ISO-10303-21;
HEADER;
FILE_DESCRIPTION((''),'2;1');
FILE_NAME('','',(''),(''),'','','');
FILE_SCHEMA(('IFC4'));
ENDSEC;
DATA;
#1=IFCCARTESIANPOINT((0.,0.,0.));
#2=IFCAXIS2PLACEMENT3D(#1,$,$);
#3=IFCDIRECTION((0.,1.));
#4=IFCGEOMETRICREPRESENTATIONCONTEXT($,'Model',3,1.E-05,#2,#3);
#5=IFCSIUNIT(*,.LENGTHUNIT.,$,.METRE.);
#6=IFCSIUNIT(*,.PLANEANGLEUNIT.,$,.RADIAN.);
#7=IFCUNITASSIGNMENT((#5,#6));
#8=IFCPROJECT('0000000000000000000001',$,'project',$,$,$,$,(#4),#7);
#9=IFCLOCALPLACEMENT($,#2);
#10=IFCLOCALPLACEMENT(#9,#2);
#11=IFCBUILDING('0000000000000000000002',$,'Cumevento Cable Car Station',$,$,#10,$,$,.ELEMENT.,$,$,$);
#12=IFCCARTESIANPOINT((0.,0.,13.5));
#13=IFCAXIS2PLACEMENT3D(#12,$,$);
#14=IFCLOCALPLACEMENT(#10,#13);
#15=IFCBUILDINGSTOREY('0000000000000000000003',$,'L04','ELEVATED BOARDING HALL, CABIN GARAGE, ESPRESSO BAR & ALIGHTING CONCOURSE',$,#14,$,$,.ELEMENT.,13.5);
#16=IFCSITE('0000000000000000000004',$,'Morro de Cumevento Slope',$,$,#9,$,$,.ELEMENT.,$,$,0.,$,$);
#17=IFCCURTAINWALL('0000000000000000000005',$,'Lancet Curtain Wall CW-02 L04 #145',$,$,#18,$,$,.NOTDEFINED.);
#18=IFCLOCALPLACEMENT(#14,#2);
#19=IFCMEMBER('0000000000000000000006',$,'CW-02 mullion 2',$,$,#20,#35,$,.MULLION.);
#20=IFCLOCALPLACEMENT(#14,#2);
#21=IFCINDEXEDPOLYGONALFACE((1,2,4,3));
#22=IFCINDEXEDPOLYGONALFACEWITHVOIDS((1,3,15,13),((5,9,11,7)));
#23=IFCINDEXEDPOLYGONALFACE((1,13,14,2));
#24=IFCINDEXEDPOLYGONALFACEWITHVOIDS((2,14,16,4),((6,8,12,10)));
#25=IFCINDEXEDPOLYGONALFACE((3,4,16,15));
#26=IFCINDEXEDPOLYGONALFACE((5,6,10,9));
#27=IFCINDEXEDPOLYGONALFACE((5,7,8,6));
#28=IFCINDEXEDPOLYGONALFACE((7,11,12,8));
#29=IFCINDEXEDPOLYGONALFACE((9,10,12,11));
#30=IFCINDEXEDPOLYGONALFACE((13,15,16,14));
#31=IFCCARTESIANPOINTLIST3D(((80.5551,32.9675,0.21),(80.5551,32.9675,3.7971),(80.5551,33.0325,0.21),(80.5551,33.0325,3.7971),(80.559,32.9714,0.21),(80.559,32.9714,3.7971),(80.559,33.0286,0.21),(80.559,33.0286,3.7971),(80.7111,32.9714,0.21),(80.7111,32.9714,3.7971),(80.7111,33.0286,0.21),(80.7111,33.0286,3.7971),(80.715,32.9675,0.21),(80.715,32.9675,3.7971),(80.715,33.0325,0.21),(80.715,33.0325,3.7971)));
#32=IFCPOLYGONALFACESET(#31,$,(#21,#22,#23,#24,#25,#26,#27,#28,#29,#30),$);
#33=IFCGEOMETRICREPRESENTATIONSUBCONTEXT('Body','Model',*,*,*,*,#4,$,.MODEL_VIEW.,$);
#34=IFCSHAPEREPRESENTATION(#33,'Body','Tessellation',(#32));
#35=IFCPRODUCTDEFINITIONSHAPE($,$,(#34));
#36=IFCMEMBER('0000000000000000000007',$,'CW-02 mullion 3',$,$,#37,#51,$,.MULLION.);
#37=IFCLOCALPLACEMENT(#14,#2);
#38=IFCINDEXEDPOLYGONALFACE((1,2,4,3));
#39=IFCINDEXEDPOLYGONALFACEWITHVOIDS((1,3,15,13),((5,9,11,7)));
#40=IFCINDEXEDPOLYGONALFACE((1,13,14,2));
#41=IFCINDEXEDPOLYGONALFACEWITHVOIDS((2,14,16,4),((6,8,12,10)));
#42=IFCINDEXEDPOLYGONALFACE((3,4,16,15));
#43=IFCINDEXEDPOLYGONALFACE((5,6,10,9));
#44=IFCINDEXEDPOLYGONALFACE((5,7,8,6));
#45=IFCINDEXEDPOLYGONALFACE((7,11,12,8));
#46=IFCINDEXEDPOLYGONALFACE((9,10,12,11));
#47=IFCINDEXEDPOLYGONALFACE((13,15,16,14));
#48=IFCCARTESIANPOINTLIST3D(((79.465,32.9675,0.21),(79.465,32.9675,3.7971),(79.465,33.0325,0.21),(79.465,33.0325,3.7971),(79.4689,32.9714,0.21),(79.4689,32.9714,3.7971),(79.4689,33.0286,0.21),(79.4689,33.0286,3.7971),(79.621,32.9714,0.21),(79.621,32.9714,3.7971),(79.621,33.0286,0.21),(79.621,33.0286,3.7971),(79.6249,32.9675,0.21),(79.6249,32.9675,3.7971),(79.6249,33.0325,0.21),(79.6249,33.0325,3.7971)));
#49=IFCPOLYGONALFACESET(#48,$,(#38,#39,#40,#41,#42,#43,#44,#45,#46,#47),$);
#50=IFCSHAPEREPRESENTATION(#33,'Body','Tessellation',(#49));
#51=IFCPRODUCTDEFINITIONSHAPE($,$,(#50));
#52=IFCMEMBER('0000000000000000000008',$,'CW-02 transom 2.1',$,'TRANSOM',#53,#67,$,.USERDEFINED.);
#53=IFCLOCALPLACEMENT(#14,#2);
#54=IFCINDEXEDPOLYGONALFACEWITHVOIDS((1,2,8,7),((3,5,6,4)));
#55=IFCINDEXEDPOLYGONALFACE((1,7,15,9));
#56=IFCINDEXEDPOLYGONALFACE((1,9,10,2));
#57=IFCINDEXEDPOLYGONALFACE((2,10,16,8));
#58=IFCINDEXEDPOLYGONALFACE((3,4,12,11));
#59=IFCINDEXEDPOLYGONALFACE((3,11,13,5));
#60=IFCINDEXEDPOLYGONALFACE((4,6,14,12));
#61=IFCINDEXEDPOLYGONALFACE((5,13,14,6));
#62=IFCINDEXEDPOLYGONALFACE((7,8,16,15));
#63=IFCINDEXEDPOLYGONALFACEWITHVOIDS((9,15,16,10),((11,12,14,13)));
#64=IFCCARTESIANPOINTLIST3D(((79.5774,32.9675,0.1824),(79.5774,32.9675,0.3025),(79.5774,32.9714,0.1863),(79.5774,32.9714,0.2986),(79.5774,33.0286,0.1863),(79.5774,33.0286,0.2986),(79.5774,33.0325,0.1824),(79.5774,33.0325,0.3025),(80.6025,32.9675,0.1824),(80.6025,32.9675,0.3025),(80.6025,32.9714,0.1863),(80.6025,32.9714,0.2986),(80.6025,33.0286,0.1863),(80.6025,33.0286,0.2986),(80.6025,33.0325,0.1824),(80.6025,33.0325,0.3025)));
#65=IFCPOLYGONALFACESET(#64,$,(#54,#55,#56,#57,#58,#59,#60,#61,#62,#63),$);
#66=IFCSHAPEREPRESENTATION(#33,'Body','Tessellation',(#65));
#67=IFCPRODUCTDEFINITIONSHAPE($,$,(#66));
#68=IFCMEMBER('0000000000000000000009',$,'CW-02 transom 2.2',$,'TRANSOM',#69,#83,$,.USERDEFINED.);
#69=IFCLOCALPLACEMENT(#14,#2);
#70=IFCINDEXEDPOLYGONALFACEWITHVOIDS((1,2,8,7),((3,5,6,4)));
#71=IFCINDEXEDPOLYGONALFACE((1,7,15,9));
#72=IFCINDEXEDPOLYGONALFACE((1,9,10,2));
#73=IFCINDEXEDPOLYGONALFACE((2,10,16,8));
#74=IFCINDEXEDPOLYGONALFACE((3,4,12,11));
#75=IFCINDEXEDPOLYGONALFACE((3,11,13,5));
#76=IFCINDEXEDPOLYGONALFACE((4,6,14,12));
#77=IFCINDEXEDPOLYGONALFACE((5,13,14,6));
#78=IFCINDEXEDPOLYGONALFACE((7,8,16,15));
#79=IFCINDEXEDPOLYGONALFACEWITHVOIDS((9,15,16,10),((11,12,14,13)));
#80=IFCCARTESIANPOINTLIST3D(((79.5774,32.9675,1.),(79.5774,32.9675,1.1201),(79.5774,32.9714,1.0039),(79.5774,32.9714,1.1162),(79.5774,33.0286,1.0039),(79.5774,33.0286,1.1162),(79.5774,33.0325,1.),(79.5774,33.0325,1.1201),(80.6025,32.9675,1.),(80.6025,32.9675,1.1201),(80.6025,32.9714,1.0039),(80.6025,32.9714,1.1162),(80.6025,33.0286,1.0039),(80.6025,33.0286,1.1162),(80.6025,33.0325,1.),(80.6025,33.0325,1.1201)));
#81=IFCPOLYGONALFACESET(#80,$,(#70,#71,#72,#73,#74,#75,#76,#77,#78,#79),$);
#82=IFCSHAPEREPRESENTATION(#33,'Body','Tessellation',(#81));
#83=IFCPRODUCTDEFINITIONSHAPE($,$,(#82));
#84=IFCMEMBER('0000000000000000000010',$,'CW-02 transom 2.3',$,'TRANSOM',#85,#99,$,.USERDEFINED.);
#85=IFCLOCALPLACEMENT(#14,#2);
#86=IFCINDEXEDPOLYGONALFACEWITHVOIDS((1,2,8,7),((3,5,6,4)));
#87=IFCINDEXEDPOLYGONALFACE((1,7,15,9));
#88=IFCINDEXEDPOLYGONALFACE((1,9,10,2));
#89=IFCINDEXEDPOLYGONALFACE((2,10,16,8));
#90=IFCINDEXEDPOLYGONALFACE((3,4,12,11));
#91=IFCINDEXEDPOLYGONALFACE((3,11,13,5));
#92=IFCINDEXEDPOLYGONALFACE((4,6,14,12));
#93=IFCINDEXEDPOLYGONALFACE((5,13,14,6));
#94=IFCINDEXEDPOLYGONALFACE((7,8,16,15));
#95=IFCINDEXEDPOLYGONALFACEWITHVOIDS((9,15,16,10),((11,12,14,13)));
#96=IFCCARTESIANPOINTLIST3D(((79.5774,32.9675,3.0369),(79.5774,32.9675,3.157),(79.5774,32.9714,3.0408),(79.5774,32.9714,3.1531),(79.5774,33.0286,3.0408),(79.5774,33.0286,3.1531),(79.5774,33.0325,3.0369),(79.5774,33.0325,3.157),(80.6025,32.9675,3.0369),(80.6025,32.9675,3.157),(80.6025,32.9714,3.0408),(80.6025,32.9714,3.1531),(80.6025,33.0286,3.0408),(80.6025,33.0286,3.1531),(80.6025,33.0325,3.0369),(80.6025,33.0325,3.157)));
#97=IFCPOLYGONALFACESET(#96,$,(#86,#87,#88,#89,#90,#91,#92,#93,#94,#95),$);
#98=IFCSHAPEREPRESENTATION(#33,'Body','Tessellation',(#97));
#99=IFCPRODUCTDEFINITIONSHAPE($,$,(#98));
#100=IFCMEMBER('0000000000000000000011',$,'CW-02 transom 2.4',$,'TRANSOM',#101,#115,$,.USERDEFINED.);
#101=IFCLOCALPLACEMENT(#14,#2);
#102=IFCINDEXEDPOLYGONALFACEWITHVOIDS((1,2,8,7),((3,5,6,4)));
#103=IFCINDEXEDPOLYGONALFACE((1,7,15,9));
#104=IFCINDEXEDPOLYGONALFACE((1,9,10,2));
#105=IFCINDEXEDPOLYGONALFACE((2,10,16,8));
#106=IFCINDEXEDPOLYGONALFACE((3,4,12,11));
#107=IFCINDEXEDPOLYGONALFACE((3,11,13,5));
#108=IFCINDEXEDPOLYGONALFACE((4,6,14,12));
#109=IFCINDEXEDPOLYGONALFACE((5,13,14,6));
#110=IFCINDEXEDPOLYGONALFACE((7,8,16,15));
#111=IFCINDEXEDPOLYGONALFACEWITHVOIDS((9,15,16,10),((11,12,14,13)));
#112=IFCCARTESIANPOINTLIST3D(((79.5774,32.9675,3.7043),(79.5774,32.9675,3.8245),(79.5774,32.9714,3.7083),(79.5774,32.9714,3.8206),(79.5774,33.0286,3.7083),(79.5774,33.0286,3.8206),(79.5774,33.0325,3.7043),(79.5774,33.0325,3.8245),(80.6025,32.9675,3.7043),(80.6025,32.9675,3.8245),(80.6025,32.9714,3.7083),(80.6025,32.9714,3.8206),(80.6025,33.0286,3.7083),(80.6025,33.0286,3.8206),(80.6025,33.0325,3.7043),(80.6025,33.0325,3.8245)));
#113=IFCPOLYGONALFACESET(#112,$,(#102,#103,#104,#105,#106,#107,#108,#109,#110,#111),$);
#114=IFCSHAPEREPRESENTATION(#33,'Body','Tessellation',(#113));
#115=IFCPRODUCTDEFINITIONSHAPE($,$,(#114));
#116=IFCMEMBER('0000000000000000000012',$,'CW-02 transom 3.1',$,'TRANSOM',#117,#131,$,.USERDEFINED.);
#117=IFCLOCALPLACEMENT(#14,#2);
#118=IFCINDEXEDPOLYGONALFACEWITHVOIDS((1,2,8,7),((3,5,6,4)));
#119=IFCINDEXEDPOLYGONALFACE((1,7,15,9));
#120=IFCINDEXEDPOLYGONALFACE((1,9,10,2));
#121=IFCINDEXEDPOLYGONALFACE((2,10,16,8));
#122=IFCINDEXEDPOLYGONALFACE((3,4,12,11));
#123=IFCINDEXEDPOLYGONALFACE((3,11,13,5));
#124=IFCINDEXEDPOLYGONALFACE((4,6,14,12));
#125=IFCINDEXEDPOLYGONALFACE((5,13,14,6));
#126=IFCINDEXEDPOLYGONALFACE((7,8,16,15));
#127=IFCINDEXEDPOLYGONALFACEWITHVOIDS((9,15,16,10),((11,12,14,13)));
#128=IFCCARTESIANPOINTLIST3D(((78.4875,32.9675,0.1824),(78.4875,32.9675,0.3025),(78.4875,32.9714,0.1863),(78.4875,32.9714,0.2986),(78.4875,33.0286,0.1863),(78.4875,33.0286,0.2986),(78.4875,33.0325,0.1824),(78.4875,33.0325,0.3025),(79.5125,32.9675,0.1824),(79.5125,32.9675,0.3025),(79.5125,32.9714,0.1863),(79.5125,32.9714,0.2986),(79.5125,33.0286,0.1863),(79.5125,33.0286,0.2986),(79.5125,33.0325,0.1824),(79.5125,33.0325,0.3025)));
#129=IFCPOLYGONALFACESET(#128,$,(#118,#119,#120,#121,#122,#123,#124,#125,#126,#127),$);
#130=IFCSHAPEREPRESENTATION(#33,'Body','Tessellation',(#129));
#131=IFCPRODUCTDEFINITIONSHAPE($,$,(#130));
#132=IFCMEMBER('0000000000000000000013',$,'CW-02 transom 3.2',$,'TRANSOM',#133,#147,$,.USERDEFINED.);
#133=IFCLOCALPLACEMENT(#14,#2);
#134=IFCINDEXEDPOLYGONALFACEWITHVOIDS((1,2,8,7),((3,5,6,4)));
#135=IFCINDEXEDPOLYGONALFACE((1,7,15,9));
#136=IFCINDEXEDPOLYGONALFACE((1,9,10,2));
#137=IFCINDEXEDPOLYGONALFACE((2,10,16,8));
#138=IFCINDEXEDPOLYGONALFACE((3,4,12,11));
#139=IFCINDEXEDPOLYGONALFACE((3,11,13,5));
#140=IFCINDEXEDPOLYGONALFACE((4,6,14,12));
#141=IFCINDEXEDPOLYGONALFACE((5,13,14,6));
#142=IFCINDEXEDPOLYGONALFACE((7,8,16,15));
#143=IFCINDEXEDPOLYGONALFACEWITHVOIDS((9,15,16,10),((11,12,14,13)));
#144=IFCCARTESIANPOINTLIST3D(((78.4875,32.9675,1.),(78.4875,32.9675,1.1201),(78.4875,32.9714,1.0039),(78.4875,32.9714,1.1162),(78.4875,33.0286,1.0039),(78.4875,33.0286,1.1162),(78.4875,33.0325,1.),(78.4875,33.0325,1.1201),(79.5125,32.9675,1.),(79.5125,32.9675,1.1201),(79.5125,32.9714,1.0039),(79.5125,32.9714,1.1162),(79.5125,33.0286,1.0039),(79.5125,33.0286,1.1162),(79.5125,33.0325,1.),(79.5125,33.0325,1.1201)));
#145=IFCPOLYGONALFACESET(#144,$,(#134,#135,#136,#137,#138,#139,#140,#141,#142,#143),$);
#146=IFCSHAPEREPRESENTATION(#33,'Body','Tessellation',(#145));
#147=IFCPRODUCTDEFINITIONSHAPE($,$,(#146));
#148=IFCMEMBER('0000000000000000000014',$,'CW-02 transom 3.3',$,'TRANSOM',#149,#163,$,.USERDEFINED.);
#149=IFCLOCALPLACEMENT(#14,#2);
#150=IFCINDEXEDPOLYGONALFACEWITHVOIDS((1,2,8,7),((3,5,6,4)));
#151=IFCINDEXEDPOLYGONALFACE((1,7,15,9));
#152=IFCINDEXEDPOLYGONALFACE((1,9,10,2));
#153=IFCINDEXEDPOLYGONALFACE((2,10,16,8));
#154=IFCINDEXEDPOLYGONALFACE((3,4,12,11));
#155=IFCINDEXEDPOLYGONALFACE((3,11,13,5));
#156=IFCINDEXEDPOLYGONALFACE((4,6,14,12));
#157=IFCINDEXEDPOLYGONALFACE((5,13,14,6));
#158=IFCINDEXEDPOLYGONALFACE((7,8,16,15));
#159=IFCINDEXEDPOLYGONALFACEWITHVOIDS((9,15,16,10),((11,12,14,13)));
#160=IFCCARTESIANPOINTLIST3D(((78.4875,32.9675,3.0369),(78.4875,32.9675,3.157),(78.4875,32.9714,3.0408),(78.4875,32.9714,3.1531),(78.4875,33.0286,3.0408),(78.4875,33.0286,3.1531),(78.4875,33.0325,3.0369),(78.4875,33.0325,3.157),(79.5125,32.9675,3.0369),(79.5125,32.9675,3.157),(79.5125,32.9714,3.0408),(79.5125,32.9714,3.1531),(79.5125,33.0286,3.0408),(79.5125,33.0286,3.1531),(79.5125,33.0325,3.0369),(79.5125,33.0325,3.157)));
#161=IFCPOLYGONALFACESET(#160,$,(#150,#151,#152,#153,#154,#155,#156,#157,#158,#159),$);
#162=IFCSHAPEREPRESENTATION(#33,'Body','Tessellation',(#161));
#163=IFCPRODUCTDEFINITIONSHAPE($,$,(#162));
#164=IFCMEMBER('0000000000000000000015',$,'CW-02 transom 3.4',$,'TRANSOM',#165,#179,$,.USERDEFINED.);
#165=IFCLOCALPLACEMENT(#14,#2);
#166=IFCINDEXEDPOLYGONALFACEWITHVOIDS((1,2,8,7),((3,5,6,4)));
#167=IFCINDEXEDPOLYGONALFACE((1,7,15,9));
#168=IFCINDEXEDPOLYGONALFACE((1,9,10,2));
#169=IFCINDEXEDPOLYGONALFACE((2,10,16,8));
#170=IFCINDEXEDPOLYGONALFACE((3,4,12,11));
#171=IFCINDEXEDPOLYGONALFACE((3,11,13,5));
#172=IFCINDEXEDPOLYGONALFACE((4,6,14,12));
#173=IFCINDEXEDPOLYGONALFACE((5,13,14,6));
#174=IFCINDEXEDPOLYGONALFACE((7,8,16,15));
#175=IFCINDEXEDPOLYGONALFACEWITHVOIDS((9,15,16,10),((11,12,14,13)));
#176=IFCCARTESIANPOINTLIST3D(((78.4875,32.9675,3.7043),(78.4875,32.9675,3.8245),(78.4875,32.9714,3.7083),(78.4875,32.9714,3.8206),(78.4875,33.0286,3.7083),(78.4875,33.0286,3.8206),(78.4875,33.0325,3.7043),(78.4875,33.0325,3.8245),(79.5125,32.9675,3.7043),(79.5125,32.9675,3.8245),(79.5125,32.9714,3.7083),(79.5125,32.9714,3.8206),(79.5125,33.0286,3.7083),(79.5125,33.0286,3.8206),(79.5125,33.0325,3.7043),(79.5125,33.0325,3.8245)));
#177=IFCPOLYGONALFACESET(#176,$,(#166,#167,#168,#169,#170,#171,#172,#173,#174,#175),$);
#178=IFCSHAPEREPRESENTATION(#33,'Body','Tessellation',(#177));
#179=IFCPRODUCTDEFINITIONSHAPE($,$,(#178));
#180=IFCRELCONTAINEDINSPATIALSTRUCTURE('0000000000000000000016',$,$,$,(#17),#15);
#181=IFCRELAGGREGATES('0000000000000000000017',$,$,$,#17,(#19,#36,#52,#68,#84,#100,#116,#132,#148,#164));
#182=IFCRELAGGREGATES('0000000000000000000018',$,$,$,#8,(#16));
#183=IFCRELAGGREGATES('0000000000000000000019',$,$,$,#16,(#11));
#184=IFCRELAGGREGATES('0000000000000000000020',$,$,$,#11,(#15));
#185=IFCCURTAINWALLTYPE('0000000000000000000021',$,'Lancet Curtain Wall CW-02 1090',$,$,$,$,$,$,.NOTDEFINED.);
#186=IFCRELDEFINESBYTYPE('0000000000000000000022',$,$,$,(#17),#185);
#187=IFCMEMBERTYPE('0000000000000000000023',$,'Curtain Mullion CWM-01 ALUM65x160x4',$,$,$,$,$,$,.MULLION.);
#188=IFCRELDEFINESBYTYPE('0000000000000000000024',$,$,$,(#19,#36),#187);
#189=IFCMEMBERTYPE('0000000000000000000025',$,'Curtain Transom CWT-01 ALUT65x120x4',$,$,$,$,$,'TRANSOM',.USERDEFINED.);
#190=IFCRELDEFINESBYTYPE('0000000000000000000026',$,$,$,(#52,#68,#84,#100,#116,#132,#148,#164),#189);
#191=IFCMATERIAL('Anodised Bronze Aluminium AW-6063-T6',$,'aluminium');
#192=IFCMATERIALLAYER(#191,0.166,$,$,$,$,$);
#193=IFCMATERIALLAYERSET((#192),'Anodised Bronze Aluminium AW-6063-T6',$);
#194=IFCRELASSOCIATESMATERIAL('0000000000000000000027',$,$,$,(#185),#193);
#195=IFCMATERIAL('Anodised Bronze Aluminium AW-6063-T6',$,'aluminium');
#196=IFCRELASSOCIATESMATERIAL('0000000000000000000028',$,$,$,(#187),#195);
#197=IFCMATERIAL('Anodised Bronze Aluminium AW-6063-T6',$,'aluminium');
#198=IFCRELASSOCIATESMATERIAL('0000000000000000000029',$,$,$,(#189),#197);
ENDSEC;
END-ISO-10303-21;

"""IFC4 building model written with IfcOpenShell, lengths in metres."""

from ifc_helpers import new_model, si_unit, direction, frame, origin, origin_2d, place, context, subcontext, project, spatial, hollow_rectangle, extrude, material, layer, layer_set, material_profile, profile_set, type_object, element, aggregate, save


model = new_model("IFC4")

# Units and contexts
model_context = context("Model", 3, precision=1e-05, world=origin(), true_north=direction((0.0, 1.0)))
body_context = subcontext(model_context, "Body", "Model", "MODEL_VIEW")
ifc_project = project(units=[si_unit("LENGTHUNIT", "METRE"), si_unit("PLANEANGLEUNIT", "RADIAN")], contexts=[model_context])

# Site, building, storey
site_placement = place(None, origin())
site = spatial("IfcSite", under=ifc_project, at=site_placement, Name="Morro de Cumevento Slope", CompositionType="ELEMENT", RefElevation=0.0)
building_placement = place(site_placement, origin())
building = spatial("IfcBuilding", under=site, at=building_placement, Name="Cumevento Cable Car Station", CompositionType="ELEMENT")
storey_placement = place(building_placement, frame((0.0, 0.0, 13.5)))
storey = spatial("IfcBuildingStorey", under=building, at=storey_placement, Name="L04", Description="ELEVATED BOARDING HALL, CABIN GARAGE, ESPRESSO BAR & ALIGHTING CONCOURSE", CompositionType="ELEMENT", Elevation=13.5)

# Curtain wall, members
ifc_material_1 = material(Name="Anodised Bronze Aluminium AW-6063-T6", Category="aluminium")
ifc_layer_1 = layer(ifc_material_1, 0.166)
ifc_layer_set_1 = layer_set([ifc_layer_1], Name="Anodised Bronze Aluminium AW-6063-T6")
curtain_wall_type = type_object("IfcCurtainWallType", Name="Lancet Curtain Wall CW-02 1090", PredefinedType="NOTDEFINED", material=ifc_layer_set_1)
curtain_wall_placement = place(storey_placement, origin())
curtain_wall = element("IfcCurtainWall", 1, at=curtain_wall_placement, inside=storey, type_object=curtain_wall_type, Name="Lancet Curtain Wall CW-02 L04 #145", PredefinedType="NOTDEFINED")
ifc_material_2 = material(Name="Anodised Bronze Aluminium AW-6063-T6", Category="aluminium")
ifc_material_profile_1 = material_profile(ifc_material_2, hollow_rectangle(XDim=0.0649, YDim=0.1599, WallThickness=0.0039, at=origin_2d()), Name="ALUM65x160x4")
ifc_profile_set_1 = profile_set([ifc_material_profile_1], Name="Anodised Bronze Aluminium AW-6063-T6")
member_type_1 = type_object("IfcMemberType", Name="Curtain Mullion CWM-01 ALUM65x160x4", PredefinedType="MULLION", material=ifc_profile_set_1)
member_1_placement = place(storey_placement, frame((80.635, 33.0, 0.21), z_axis=(0.0, 0.0, 1.0), x_axis=(0.0, -1.0, 0.0)))
member_1 = element("IfcMember", 2, at=member_1_placement, type_object=member_type_1, Name="CW-02 mullion 2", PredefinedType="MULLION", context=body_context, shape_type="SweptSolid", body=[
    extrude(hollow_rectangle(XDim=0.0649, YDim=0.1599, WallThickness=0.0039, at=origin_2d()), origin(), (0.0, 0.0, 1.0), 3.5872),
])
member_2_placement = place(storey_placement, frame((79.5449, 33.0, 0.21), z_axis=(0.0, 0.0, 1.0), x_axis=(0.0, -1.0, 0.0)))
member_2 = element("IfcMember", 3, at=member_2_placement, type_object=member_type_1, Name="CW-02 mullion 3", PredefinedType="MULLION", context=body_context, shape_type="SweptSolid", body=[
    extrude(hollow_rectangle(XDim=0.0649, YDim=0.1599, WallThickness=0.0039, at=origin_2d()), origin(), (0.0, 0.0, 1.0), 3.5872),
])
ifc_material_3 = material(Name="Anodised Bronze Aluminium AW-6063-T6", Category="aluminium")
ifc_material_profile_2 = material_profile(ifc_material_3, hollow_rectangle(XDim=0.0649, YDim=0.1201, WallThickness=0.0039, at=origin_2d()), Name="ALUT65x120x4")
ifc_profile_set_2 = profile_set([ifc_material_profile_2], Name="Anodised Bronze Aluminium AW-6063-T6")
member_type_2 = type_object("IfcMemberType", Name="Curtain Transom CWT-01 ALUT65x120x4", ElementType="TRANSOM", PredefinedType="USERDEFINED", material=ifc_profile_set_2)
member_3_placement = place(storey_placement, frame((80.6025, 33.0, 0.2424), z_axis=(-1.0, 0.0, 0.0), x_axis=(0.0, -1.0, 0.0)))
member_3 = element("IfcMember", 4, at=member_3_placement, type_object=member_type_2, Name="CW-02 transom 2.1", ObjectType="TRANSOM", PredefinedType="USERDEFINED", context=body_context, shape_type="SweptSolid", body=[
    extrude(hollow_rectangle(XDim=0.0649, YDim=0.1201, WallThickness=0.0039, at=origin_2d()), origin(), (0.0, 0.0, 1.0), 1.0251),
])
member_4_placement = place(storey_placement, frame((80.6025, 33.0, 1.0601), z_axis=(-1.0, 0.0, 0.0), x_axis=(0.0, -1.0, 0.0)))
member_4 = element("IfcMember", 5, at=member_4_placement, type_object=member_type_2, Name="CW-02 transom 2.2", ObjectType="TRANSOM", PredefinedType="USERDEFINED", context=body_context, shape_type="SweptSolid", body=[
    extrude(hollow_rectangle(XDim=0.0649, YDim=0.1201, WallThickness=0.0039, at=origin_2d()), origin(), (0.0, 0.0, 1.0), 1.0251),
])
member_5_placement = place(storey_placement, frame((80.6025, 33.0, 3.0969), z_axis=(-1.0, 0.0, 0.0), x_axis=(0.0, -1.0, 0.0)))
member_5 = element("IfcMember", 6, at=member_5_placement, type_object=member_type_2, Name="CW-02 transom 2.3", ObjectType="TRANSOM", PredefinedType="USERDEFINED", context=body_context, shape_type="SweptSolid", body=[
    extrude(hollow_rectangle(XDim=0.0649, YDim=0.1201, WallThickness=0.0039, at=origin_2d()), origin(), (0.0, 0.0, 1.0), 1.0251),
])
member_6_placement = place(storey_placement, frame((80.6025, 33.0, 3.7644), z_axis=(-1.0, 0.0, 0.0), x_axis=(0.0, -1.0, 0.0)))
member_6 = element("IfcMember", 7, at=member_6_placement, type_object=member_type_2, Name="CW-02 transom 2.4", ObjectType="TRANSOM", PredefinedType="USERDEFINED", context=body_context, shape_type="SweptSolid", body=[
    extrude(hollow_rectangle(XDim=0.0649, YDim=0.1201, WallThickness=0.0039, at=origin_2d()), origin(), (0.0, 0.0, 1.0), 1.0251),
])
member_7_placement = place(storey_placement, frame((79.5125, 33.0, 0.2424), z_axis=(-1.0, 0.0, 0.0), x_axis=(0.0, -1.0, 0.0)))
member_7 = element("IfcMember", 8, at=member_7_placement, type_object=member_type_2, Name="CW-02 transom 3.1", ObjectType="TRANSOM", PredefinedType="USERDEFINED", context=body_context, shape_type="SweptSolid", body=[
    extrude(hollow_rectangle(XDim=0.0649, YDim=0.1201, WallThickness=0.0039, at=origin_2d()), origin(), (0.0, 0.0, 1.0), 1.0249),
])
member_8_placement = place(storey_placement, frame((79.5125, 33.0, 1.0601), z_axis=(-1.0, 0.0, 0.0), x_axis=(0.0, -1.0, 0.0)))
member_8 = element("IfcMember", 9, at=member_8_placement, type_object=member_type_2, Name="CW-02 transom 3.2", ObjectType="TRANSOM", PredefinedType="USERDEFINED", context=body_context, shape_type="SweptSolid", body=[
    extrude(hollow_rectangle(XDim=0.0649, YDim=0.1201, WallThickness=0.0039, at=origin_2d()), origin(), (0.0, 0.0, 1.0), 1.0249),
])
member_9_placement = place(storey_placement, frame((79.5125, 33.0, 3.0969), z_axis=(-1.0, 0.0, 0.0), x_axis=(0.0, -1.0, 0.0)))
member_9 = element("IfcMember", 10, at=member_9_placement, type_object=member_type_2, Name="CW-02 transom 3.3", ObjectType="TRANSOM", PredefinedType="USERDEFINED", context=body_context, shape_type="SweptSolid", body=[
    extrude(hollow_rectangle(XDim=0.0649, YDim=0.1201, WallThickness=0.0039, at=origin_2d()), origin(), (0.0, 0.0, 1.0), 1.0249),
])
member_10_placement = place(storey_placement, frame((79.5125, 33.0, 3.7644), z_axis=(-1.0, 0.0, 0.0), x_axis=(0.0, -1.0, 0.0)))
member_10 = element("IfcMember", 11, at=member_10_placement, type_object=member_type_2, Name="CW-02 transom 3.4", ObjectType="TRANSOM", PredefinedType="USERDEFINED", context=body_context, shape_type="SweptSolid", body=[
    extrude(hollow_rectangle(XDim=0.0649, YDim=0.1201, WallThickness=0.0039, at=origin_2d()), origin(), (0.0, 0.0, 1.0), 1.0249),
])

aggregate(curtain_wall, [member_1, member_2, member_3, member_4, member_5, member_6, member_7, member_8, member_9, member_10])

save(model, "model.ifc")
